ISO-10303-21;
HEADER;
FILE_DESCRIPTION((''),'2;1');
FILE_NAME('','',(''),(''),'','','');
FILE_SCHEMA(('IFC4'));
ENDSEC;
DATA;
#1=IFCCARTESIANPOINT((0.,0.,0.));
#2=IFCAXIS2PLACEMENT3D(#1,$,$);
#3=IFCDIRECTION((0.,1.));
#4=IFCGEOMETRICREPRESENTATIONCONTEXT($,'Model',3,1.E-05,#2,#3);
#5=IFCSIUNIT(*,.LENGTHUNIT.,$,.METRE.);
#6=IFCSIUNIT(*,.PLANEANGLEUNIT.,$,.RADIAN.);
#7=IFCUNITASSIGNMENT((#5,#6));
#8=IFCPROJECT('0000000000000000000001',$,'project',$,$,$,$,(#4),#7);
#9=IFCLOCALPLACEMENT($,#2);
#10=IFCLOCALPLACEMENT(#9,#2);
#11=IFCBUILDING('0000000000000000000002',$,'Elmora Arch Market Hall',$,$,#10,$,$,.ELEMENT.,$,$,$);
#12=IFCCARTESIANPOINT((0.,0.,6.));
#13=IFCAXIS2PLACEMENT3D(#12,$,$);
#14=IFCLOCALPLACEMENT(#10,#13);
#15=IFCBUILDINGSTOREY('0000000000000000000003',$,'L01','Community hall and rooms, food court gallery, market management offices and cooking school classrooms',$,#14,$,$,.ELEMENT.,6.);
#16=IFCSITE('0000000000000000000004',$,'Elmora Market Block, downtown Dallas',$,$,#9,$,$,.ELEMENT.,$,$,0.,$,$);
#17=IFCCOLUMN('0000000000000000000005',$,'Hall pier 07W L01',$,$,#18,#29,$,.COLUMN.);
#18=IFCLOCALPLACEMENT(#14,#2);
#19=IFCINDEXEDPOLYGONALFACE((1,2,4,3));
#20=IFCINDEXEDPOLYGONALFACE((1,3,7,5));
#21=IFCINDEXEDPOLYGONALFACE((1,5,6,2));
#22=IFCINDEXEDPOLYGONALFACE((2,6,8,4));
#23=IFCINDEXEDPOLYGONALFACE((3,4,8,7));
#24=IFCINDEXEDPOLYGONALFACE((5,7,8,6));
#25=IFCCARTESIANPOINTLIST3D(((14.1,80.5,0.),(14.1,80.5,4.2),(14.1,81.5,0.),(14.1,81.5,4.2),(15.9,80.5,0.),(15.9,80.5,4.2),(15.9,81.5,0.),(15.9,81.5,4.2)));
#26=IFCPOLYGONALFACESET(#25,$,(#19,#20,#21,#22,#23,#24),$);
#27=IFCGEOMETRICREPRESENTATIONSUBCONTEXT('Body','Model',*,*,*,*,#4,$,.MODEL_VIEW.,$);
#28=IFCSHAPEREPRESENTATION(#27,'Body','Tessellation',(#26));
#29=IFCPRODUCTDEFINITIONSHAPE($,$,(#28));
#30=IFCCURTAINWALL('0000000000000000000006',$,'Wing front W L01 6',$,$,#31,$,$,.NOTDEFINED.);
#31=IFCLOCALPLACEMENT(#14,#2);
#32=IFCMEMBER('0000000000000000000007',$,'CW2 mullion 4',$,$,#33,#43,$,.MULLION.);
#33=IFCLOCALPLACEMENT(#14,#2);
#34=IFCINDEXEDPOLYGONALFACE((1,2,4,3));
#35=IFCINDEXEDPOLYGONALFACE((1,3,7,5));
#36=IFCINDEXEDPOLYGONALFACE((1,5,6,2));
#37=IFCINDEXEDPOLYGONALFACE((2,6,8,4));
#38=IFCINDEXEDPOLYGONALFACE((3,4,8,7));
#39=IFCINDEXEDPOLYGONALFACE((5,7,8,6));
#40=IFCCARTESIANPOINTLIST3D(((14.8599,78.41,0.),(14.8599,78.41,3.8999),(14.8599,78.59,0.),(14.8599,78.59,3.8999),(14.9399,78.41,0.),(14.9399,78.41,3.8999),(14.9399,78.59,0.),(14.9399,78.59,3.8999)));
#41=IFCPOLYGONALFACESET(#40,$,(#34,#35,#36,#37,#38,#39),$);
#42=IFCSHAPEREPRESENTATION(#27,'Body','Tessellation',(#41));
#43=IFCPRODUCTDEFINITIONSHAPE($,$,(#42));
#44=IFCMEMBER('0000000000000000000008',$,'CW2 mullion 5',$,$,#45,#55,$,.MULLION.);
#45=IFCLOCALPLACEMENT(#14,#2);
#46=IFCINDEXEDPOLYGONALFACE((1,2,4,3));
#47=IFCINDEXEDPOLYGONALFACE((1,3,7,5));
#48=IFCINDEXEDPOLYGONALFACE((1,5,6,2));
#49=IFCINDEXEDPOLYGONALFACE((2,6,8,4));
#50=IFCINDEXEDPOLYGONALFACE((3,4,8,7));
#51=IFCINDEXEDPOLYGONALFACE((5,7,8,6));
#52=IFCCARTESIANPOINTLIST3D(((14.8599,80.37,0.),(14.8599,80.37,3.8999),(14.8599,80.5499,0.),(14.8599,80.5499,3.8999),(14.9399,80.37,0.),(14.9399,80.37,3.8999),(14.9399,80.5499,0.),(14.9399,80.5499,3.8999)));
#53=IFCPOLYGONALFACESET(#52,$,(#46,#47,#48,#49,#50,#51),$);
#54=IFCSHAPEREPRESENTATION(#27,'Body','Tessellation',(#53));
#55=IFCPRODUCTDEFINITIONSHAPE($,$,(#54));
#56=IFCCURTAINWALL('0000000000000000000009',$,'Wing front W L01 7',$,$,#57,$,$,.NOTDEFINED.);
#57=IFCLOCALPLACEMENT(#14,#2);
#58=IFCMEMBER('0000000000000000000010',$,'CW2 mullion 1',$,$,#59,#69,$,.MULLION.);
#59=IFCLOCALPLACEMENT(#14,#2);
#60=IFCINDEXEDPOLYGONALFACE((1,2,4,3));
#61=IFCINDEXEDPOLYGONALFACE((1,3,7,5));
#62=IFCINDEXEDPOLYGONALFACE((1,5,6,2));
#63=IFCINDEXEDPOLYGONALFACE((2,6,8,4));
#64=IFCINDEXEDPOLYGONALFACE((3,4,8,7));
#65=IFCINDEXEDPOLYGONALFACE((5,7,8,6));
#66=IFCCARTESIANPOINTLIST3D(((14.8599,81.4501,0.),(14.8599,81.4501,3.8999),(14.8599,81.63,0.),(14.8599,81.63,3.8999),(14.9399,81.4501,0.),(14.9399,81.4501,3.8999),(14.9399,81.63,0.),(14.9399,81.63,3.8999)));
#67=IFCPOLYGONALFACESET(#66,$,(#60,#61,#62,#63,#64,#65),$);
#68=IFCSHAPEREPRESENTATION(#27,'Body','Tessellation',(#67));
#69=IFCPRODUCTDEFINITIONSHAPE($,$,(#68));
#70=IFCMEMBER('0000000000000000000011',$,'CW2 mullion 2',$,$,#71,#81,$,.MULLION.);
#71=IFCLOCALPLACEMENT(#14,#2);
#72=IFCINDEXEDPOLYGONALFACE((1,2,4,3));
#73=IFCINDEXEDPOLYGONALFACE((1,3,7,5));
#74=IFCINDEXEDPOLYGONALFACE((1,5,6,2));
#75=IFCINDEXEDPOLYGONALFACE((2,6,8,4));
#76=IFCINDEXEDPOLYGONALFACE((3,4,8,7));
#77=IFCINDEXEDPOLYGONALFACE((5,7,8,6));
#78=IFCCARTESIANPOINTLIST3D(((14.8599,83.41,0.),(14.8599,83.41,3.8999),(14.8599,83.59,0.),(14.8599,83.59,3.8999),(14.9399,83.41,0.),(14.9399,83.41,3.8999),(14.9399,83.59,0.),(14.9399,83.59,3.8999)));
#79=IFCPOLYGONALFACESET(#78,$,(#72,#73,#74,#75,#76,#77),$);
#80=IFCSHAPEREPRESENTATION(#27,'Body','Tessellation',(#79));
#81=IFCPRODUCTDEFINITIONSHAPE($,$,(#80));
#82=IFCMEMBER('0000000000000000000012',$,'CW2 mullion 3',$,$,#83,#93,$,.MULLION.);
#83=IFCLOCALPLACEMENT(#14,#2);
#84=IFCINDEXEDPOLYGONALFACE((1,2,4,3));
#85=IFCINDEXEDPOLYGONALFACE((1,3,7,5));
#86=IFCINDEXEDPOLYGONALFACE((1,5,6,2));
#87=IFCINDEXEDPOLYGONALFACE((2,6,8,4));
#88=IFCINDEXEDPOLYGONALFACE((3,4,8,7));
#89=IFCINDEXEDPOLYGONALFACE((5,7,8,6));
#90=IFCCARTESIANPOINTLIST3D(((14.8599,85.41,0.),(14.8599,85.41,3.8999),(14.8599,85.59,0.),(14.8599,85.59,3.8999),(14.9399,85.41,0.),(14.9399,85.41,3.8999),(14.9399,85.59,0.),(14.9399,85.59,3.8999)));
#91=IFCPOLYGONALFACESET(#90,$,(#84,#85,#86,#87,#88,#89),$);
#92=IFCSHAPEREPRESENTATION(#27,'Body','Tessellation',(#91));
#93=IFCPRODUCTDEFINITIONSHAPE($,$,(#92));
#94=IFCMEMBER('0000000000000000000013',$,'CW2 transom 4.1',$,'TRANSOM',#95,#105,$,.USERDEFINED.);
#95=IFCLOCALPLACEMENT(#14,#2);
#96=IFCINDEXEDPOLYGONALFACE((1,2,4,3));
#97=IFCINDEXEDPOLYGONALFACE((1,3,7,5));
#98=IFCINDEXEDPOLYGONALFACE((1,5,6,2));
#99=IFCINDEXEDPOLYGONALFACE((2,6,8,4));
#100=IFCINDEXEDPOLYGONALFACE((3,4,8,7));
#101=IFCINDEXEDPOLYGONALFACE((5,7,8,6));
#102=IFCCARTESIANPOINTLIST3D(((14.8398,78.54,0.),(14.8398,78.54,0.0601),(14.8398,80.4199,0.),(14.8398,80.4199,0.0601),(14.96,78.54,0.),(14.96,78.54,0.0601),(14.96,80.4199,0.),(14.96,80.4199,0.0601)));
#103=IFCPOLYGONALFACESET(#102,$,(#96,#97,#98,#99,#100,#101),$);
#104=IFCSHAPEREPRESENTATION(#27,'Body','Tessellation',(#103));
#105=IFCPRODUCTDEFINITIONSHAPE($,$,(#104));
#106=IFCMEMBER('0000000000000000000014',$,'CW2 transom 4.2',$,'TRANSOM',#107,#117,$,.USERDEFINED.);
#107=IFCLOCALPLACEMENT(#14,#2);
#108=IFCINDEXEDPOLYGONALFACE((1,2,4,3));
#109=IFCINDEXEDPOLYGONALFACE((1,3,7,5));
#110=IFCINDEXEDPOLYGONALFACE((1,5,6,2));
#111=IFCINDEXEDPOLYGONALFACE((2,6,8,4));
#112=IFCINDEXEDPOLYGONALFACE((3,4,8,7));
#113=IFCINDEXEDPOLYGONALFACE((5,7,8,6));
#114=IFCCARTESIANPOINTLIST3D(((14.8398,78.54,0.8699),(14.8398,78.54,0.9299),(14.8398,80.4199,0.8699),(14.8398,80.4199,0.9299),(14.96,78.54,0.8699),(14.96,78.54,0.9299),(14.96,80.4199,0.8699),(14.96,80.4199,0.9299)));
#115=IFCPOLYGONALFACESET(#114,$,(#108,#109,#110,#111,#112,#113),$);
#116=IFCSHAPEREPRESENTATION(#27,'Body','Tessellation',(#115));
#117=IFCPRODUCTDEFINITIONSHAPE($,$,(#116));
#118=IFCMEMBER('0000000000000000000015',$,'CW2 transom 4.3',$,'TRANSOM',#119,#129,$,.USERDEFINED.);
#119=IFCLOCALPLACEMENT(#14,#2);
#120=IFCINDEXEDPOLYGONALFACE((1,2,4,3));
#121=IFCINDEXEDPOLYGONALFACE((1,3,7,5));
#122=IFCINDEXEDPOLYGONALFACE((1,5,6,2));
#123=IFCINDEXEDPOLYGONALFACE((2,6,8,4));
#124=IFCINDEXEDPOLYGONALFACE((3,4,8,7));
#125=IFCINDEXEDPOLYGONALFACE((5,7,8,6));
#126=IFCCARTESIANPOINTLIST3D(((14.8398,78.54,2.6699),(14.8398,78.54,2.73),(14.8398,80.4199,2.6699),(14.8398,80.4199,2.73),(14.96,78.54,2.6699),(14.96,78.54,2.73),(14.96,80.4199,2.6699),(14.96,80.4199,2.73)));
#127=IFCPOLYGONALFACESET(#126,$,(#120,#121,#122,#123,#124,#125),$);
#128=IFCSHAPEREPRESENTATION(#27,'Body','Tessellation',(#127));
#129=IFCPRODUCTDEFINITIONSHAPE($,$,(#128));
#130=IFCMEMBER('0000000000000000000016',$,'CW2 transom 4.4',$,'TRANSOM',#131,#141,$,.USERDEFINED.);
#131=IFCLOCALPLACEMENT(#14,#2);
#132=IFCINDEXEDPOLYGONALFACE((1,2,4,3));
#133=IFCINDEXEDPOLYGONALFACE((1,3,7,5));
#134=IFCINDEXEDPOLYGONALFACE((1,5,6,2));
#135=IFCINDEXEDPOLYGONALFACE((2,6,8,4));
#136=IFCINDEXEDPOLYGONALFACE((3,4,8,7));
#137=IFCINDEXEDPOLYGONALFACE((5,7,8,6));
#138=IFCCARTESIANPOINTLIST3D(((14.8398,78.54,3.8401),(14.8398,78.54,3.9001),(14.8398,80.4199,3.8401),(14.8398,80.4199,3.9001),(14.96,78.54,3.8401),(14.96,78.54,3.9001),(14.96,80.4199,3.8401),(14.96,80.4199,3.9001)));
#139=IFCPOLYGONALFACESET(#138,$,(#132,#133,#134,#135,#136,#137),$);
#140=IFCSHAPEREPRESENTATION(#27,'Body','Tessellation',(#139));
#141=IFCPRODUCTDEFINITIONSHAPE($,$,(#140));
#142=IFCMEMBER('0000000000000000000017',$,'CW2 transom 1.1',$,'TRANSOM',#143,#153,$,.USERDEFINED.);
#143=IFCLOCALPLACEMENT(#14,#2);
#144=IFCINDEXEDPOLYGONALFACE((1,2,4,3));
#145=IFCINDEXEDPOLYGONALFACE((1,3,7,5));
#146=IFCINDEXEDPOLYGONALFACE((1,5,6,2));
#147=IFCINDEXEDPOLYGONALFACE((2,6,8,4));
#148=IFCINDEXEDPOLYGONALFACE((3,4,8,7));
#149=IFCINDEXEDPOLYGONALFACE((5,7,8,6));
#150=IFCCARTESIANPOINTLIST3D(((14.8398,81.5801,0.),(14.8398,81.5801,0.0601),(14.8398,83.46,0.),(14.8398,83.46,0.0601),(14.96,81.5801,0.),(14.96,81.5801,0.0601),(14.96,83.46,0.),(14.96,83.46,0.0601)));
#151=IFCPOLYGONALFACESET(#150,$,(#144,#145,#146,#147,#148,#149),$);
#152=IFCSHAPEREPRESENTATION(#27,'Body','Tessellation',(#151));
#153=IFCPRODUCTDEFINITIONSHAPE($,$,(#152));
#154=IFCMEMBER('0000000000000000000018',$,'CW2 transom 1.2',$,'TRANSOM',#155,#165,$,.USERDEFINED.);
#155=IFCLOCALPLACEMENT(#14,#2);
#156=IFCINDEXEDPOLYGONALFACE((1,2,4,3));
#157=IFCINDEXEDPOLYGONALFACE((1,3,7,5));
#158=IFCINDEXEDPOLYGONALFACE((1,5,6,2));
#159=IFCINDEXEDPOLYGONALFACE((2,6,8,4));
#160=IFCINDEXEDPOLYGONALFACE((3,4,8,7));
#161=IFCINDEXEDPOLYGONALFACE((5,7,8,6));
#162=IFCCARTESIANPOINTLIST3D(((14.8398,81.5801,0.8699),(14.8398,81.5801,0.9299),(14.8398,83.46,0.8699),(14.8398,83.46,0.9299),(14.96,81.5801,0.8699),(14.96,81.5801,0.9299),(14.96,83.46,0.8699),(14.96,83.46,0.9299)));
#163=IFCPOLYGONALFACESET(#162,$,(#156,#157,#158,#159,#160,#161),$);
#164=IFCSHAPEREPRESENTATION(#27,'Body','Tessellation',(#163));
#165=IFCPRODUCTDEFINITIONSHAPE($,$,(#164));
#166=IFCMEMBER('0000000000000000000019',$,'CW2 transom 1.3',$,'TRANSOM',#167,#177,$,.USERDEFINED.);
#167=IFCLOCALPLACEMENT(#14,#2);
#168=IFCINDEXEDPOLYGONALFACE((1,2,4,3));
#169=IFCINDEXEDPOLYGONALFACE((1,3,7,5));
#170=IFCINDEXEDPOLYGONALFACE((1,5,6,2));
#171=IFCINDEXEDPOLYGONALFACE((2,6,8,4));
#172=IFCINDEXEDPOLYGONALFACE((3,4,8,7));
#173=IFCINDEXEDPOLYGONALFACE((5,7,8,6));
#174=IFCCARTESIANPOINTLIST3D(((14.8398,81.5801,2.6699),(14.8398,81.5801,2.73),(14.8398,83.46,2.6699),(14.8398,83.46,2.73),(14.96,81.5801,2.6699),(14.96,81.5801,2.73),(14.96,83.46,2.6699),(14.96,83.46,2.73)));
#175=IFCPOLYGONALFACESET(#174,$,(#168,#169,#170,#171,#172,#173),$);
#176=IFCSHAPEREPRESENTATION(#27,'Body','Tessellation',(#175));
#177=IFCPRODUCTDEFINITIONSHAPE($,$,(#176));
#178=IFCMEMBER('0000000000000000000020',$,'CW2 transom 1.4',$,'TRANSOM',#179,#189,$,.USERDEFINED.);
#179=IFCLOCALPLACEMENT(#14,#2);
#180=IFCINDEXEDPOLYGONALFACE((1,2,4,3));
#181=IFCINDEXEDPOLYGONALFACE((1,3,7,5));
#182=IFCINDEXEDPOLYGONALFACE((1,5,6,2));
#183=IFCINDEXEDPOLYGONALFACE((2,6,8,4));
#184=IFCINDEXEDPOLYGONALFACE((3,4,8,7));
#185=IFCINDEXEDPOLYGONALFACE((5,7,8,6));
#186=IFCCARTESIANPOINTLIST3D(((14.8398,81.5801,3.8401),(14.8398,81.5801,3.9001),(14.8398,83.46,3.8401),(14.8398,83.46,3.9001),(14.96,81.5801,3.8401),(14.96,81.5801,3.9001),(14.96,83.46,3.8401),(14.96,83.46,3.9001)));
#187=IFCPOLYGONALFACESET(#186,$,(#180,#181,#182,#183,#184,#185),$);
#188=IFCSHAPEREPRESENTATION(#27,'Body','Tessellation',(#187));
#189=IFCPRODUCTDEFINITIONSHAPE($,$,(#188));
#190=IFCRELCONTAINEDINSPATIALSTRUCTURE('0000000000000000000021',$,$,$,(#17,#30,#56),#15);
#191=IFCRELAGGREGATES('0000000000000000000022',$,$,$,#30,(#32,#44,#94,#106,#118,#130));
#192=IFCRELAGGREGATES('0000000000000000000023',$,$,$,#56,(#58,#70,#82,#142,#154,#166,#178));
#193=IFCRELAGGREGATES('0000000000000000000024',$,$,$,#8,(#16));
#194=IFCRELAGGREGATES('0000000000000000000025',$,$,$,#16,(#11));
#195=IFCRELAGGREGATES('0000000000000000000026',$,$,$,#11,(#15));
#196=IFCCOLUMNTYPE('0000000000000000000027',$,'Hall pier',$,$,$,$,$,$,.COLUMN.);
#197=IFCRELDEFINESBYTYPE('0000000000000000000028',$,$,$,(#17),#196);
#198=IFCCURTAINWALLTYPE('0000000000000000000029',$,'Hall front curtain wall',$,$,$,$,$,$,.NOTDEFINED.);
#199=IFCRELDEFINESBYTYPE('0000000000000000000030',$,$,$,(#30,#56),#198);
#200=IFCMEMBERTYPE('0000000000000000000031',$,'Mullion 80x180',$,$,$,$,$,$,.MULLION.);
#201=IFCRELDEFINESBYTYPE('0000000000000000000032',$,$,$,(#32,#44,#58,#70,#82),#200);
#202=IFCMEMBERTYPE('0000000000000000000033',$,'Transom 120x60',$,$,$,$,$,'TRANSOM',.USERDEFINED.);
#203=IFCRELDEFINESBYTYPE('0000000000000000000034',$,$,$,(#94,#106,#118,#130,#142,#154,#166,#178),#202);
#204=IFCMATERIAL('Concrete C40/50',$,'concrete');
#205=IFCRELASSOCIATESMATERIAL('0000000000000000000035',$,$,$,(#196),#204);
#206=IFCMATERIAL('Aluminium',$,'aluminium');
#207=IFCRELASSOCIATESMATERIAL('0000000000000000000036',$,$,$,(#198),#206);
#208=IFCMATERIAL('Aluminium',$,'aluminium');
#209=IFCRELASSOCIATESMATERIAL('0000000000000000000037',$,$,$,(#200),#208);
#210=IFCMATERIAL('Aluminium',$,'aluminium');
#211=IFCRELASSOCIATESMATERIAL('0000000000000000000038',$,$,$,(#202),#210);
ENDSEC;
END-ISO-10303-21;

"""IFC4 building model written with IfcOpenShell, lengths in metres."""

from ifc_helpers import new_model, si_unit, direction, frame, origin, origin_2d, place, context, subcontext, project, spatial, rectangle, extrude, material, material_profile, profile_set, type_object, element, aggregate, save


model = new_model("IFC4")

# Units and contexts
model_context = context("Model", 3, precision=1e-05, world=origin(), true_north=direction((0.0, 1.0)))
body_context = subcontext(model_context, "Body", "Model", "MODEL_VIEW")
ifc_project = project(units=[si_unit("LENGTHUNIT", "METRE"), si_unit("PLANEANGLEUNIT", "RADIAN")], contexts=[model_context])

# Site, building, storey
site_placement = place(None, origin())
site = spatial("IfcSite", under=ifc_project, at=site_placement, Name="Elmora Market Block, downtown Dallas", CompositionType="ELEMENT", RefElevation=0.0)
building_placement = place(site_placement, origin())
building = spatial("IfcBuilding", under=site, at=building_placement, Name="Elmora Arch Market Hall", CompositionType="ELEMENT")
storey_placement = place(building_placement, frame((0.0, 0.0, 6.0)))
storey = spatial("IfcBuildingStorey", under=building, at=storey_placement, Name="L01", Description="Community hall and rooms, food court gallery, market management offices and cooking school classrooms", CompositionType="ELEMENT", Elevation=6.0)

# Column
ifc_material_1 = material(Name="Concrete C40/50", Category="concrete")
ifc_material_profile_1 = material_profile(ifc_material_1, rectangle(XDim=1.8, YDim=1.0, at=origin_2d()), Name="Hall pier")
ifc_profile_set_1 = profile_set([ifc_material_profile_1], Name="Concrete C40/50")
column_type = type_object("IfcColumnType", Name="Hall pier", PredefinedType="COLUMN", material=ifc_profile_set_1)
column_placement = place(storey_placement, frame((15.0, 81.0, 0.0), z_axis=(0.0, 0.0, 1.0), x_axis=(1.0, 0.0, 0.0)))
element("IfcColumn", 1, at=column_placement, inside=storey, type_object=column_type, Name="Hall pier 07W L01", PredefinedType="COLUMN", context=body_context, shape_type="SweptSolid", body=[
    extrude(rectangle(XDim=1.8, YDim=1.0, at=origin_2d()), origin(), (0.0, 0.0, 1.0), 4.2),
])

# Curtain walls, members
ifc_material_2 = material(Name="Aluminium", Category="aluminium")
curtain_wall_type = type_object("IfcCurtainWallType", Name="Hall front curtain wall", PredefinedType="NOTDEFINED", material=ifc_material_2)
curtain_wall_1_placement = place(storey_placement, origin())
curtain_wall_1 = element("IfcCurtainWall", 2, at=curtain_wall_1_placement, inside=storey, type_object=curtain_wall_type, Name="Wing front W L01 6", PredefinedType="NOTDEFINED")
ifc_material_3 = material(Name="Aluminium", Category="aluminium")
ifc_material_profile_2 = material_profile(ifc_material_3, rectangle(XDim=0.0801, YDim=0.1799, at=origin_2d()), Name="AL 80x180")
ifc_profile_set_2 = profile_set([ifc_material_profile_2], Name="Aluminium")
member_type_1 = type_object("IfcMemberType", Name="Mullion 80x180", PredefinedType="MULLION", material=ifc_profile_set_2)
member_1_placement = place(storey_placement, frame((14.8999, 78.5, 0.0), z_axis=(0.0, 0.0, 1.0), x_axis=(-1.0, 0.0, 0.0)))
member_1 = element("IfcMember", 3, at=member_1_placement, type_object=member_type_1, Name="CW2 mullion 4", PredefinedType="MULLION", context=body_context, shape_type="SweptSolid", body=[
    extrude(rectangle(XDim=0.0801, YDim=0.1799, at=origin_2d()), origin(), (0.0, 0.0, 1.0), 3.8999),
])
member_2_placement = place(storey_placement, frame((14.8999, 80.46, 0.0), z_axis=(0.0, 0.0, 1.0), x_axis=(-1.0, 0.0, 0.0)))
member_2 = element("IfcMember", 4, at=member_2_placement, type_object=member_type_1, Name="CW2 mullion 5", PredefinedType="MULLION", context=body_context, shape_type="SweptSolid", body=[
    extrude(rectangle(XDim=0.0801, YDim=0.1799, at=origin_2d()), origin(), (0.0, 0.0, 1.0), 3.8999),
])
curtain_wall_2_placement = place(storey_placement, origin())
curtain_wall_2 = element("IfcCurtainWall", 5, at=curtain_wall_2_placement, inside=storey, type_object=curtain_wall_type, Name="Wing front W L01 7", PredefinedType="NOTDEFINED")
member_3_placement = place(storey_placement, frame((14.8999, 81.54, 0.0), z_axis=(0.0, 0.0, 1.0), x_axis=(-1.0, 0.0, 0.0)))
member_3 = element("IfcMember", 6, at=member_3_placement, type_object=member_type_1, Name="CW2 mullion 1", PredefinedType="MULLION", context=body_context, shape_type="SweptSolid", body=[
    extrude(rectangle(XDim=0.0801, YDim=0.1799, at=origin_2d()), origin(), (0.0, 0.0, 1.0), 3.8999),
])
member_4_placement = place(storey_placement, frame((14.8999, 83.5, 0.0), z_axis=(0.0, 0.0, 1.0), x_axis=(-1.0, 0.0, 0.0)))
member_4 = element("IfcMember", 7, at=member_4_placement, type_object=member_type_1, Name="CW2 mullion 2", PredefinedType="MULLION", context=body_context, shape_type="SweptSolid", body=[
    extrude(rectangle(XDim=0.0801, YDim=0.1799, at=origin_2d()), origin(), (0.0, 0.0, 1.0), 3.8999),
])
member_5_placement = place(storey_placement, frame((14.8999, 85.5, 0.0), z_axis=(0.0, 0.0, 1.0), x_axis=(-1.0, 0.0, 0.0)))
member_5 = element("IfcMember", 8, at=member_5_placement, type_object=member_type_1, Name="CW2 mullion 3", PredefinedType="MULLION", context=body_context, shape_type="SweptSolid", body=[
    extrude(rectangle(XDim=0.0801, YDim=0.1799, at=origin_2d()), origin(), (0.0, 0.0, 1.0), 3.8999),
])

# Members
ifc_material_4 = material(Name="Aluminium", Category="aluminium")
ifc_material_profile_3 = material_profile(ifc_material_4, rectangle(XDim=0.1201, YDim=0.0601, at=origin_2d()), Name="AL 120x60")
ifc_profile_set_3 = profile_set([ifc_material_profile_3], Name="Aluminium")
member_type_2 = type_object("IfcMemberType", Name="Transom 120x60", ElementType="TRANSOM", PredefinedType="USERDEFINED", material=ifc_profile_set_3)
member_6_placement = place(storey_placement, frame((14.8999, 78.54, 0.03), z_axis=(0.0, 1.0, 0.0), x_axis=(-1.0, 0.0, 0.0)))
member_6 = element("IfcMember", 9, at=member_6_placement, type_object=member_type_2, Name="CW2 transom 4.1", ObjectType="TRANSOM", PredefinedType="USERDEFINED", context=body_context, shape_type="SweptSolid", body=[
    extrude(rectangle(XDim=0.1201, YDim=0.0601, at=origin_2d()), origin(), (0.0, 0.0, 1.0), 1.8799),
])
member_7_placement = place(storey_placement, frame((14.8999, 78.54, 0.8999), z_axis=(0.0, 1.0, 0.0), x_axis=(-1.0, 0.0, 0.0)))
member_7 = element("IfcMember", 10, at=member_7_placement, type_object=member_type_2, Name="CW2 transom 4.2", ObjectType="TRANSOM", PredefinedType="USERDEFINED", context=body_context, shape_type="SweptSolid", body=[
    extrude(rectangle(XDim=0.1201, YDim=0.0601, at=origin_2d()), origin(), (0.0, 0.0, 1.0), 1.8799),
])
member_8_placement = place(storey_placement, frame((14.8999, 78.54, 2.7), z_axis=(0.0, 1.0, 0.0), x_axis=(-1.0, 0.0, 0.0)))
member_8 = element("IfcMember", 11, at=member_8_placement, type_object=member_type_2, Name="CW2 transom 4.3", ObjectType="TRANSOM", PredefinedType="USERDEFINED", context=body_context, shape_type="SweptSolid", body=[
    extrude(rectangle(XDim=0.1201, YDim=0.0601, at=origin_2d()), origin(), (0.0, 0.0, 1.0), 1.8799),
])
member_9_placement = place(storey_placement, frame((14.8999, 78.54, 3.8701), z_axis=(0.0, 1.0, 0.0), x_axis=(-1.0, 0.0, 0.0)))
member_9 = element("IfcMember", 12, at=member_9_placement, type_object=member_type_2, Name="CW2 transom 4.4", ObjectType="TRANSOM", PredefinedType="USERDEFINED", context=body_context, shape_type="SweptSolid", body=[
    extrude(rectangle(XDim=0.1201, YDim=0.0601, at=origin_2d()), origin(), (0.0, 0.0, 1.0), 1.8799),
])
member_10_placement = place(storey_placement, frame((14.8999, 81.5801, 0.03), z_axis=(0.0, 1.0, 0.0), x_axis=(-1.0, 0.0, 0.0)))
member_10 = element("IfcMember", 13, at=member_10_placement, type_object=member_type_2, Name="CW2 transom 1.1", ObjectType="TRANSOM", PredefinedType="USERDEFINED", context=body_context, shape_type="SweptSolid", body=[
    extrude(rectangle(XDim=0.1201, YDim=0.0601, at=origin_2d()), origin(), (0.0, 0.0, 1.0), 1.8799),
])
member_11_placement = place(storey_placement, frame((14.8999, 81.5801, 0.8999), z_axis=(0.0, 1.0, 0.0), x_axis=(-1.0, 0.0, 0.0)))
member_11 = element("IfcMember", 14, at=member_11_placement, type_object=member_type_2, Name="CW2 transom 1.2", ObjectType="TRANSOM", PredefinedType="USERDEFINED", context=body_context, shape_type="SweptSolid", body=[
    extrude(rectangle(XDim=0.1201, YDim=0.0601, at=origin_2d()), origin(), (0.0, 0.0, 1.0), 1.8799),
])
member_12_placement = place(storey_placement, frame((14.8999, 81.5801, 2.7), z_axis=(0.0, 1.0, 0.0), x_axis=(-1.0, 0.0, 0.0)))
member_12 = element("IfcMember", 15, at=member_12_placement, type_object=member_type_2, Name="CW2 transom 1.3", ObjectType="TRANSOM", PredefinedType="USERDEFINED", context=body_context, shape_type="SweptSolid", body=[
    extrude(rectangle(XDim=0.1201, YDim=0.0601, at=origin_2d()), origin(), (0.0, 0.0, 1.0), 1.8799),
])
member_13_placement = place(storey_placement, frame((14.8999, 81.5801, 3.8701), z_axis=(0.0, 1.0, 0.0), x_axis=(-1.0, 0.0, 0.0)))
member_13 = element("IfcMember", 16, at=member_13_placement, type_object=member_type_2, Name="CW2 transom 1.4", ObjectType="TRANSOM", PredefinedType="USERDEFINED", context=body_context, shape_type="SweptSolid", body=[
    extrude(rectangle(XDim=0.1201, YDim=0.0601, at=origin_2d()), origin(), (0.0, 0.0, 1.0), 1.8799),
])

aggregate(curtain_wall_1, [member_1, member_2, member_6, member_7, member_8, member_9])
aggregate(curtain_wall_2, [member_3, member_4, member_5, member_10, member_11, member_12, member_13])

save(model, "model.ifc")
